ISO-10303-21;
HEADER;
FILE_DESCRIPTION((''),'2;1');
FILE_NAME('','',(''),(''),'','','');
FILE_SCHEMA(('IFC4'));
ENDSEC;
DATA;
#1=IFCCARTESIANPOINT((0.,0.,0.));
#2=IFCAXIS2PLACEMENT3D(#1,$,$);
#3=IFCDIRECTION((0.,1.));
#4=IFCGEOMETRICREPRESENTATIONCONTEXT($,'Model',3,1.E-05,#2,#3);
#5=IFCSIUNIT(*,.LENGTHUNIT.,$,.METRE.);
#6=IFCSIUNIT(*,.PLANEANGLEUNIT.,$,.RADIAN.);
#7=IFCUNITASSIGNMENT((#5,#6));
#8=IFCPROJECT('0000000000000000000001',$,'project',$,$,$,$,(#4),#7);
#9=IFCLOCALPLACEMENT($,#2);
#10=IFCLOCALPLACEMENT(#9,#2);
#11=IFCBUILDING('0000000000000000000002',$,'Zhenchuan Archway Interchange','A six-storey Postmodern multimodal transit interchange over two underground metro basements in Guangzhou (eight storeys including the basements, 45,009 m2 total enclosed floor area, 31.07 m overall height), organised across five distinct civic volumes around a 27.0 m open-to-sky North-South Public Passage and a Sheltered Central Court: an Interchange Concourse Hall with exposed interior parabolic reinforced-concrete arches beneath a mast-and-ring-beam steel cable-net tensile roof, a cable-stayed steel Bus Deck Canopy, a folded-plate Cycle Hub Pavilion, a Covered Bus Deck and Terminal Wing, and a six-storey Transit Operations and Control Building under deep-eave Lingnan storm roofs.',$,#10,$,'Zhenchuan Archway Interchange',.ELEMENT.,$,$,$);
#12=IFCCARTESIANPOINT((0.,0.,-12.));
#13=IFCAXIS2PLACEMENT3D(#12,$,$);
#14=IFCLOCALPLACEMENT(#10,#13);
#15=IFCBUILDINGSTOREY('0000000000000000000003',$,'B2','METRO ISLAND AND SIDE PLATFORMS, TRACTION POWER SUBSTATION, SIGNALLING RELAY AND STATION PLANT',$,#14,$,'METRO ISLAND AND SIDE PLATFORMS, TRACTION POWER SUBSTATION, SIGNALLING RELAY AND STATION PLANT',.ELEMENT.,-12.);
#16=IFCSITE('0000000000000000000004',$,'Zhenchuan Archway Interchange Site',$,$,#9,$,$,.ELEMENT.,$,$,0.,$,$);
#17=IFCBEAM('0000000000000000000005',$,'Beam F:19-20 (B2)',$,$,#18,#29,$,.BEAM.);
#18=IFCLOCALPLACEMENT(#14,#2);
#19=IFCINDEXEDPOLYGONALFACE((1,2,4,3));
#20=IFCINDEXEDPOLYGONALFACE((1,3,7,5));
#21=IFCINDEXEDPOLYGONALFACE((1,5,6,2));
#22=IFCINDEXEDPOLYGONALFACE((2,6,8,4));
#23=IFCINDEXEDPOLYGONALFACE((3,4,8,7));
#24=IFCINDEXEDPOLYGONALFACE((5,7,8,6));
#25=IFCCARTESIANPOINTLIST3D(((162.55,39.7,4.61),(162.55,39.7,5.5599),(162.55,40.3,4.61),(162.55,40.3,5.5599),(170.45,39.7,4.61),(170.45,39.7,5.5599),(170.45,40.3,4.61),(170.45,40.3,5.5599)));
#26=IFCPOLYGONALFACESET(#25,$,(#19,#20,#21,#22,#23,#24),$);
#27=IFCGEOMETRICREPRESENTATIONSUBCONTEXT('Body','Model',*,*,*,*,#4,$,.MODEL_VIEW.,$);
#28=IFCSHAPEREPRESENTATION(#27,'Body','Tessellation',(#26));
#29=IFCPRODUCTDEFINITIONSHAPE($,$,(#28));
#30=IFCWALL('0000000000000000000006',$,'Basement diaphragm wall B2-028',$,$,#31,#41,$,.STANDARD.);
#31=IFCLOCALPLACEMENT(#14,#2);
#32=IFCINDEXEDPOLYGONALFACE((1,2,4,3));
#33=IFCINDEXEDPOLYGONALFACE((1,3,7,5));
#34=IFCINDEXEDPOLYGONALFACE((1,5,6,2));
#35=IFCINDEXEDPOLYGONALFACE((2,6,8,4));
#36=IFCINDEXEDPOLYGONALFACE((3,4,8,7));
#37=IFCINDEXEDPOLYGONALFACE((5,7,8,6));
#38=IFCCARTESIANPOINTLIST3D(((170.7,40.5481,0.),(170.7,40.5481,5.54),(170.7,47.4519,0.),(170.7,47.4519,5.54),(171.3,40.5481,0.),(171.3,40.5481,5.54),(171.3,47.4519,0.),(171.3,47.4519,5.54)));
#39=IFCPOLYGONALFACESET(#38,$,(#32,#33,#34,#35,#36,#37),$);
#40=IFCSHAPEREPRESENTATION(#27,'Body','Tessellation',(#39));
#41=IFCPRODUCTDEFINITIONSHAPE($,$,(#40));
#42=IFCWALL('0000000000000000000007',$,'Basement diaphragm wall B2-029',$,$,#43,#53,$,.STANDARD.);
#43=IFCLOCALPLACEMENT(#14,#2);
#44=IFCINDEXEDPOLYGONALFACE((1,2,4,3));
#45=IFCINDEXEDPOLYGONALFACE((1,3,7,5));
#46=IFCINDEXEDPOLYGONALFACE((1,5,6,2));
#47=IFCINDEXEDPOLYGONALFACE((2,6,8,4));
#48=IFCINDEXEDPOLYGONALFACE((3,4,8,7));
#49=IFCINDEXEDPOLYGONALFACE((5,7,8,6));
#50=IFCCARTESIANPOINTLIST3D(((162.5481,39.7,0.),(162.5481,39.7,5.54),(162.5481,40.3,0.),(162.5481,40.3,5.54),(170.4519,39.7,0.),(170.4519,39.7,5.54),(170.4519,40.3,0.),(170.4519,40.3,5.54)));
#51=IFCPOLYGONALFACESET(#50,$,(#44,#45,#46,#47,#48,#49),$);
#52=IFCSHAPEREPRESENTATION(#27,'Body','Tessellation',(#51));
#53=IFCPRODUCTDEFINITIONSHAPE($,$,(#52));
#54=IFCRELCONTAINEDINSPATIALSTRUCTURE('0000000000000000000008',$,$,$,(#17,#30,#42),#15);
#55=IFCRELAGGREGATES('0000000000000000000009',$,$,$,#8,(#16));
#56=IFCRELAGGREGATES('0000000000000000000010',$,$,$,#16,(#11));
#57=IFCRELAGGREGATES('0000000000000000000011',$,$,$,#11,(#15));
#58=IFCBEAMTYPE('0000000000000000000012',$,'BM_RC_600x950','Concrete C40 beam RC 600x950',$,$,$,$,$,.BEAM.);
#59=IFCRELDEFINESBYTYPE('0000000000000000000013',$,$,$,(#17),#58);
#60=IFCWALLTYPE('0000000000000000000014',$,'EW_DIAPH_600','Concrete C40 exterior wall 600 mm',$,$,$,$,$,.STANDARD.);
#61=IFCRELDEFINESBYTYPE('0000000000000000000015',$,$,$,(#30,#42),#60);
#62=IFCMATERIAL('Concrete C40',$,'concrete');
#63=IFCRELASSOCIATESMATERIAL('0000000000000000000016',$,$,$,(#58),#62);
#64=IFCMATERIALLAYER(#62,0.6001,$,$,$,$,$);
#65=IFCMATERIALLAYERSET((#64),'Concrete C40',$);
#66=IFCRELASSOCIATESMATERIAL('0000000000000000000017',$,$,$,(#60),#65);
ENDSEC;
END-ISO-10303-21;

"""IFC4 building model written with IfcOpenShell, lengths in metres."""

from ifc_helpers import new_model, si_unit, direction, frame, frame_2d, origin, origin_2d, place, context, subcontext, project, spatial, rectangle, extrude, material, layer, layer_set, material_profile, profile_set, type_object, element, save


model = new_model("IFC4")

# Units and contexts
model_context = context("Model", 3, precision=1e-05, world=origin(), true_north=direction((0.0, 1.0)))
body_context = subcontext(model_context, "Body", "Model", "MODEL_VIEW")
ifc_project = project(units=[si_unit("LENGTHUNIT", "METRE"), si_unit("PLANEANGLEUNIT", "RADIAN")], contexts=[model_context])

# Site, building, storey
site_placement = place(None, origin())
site = spatial("IfcSite", under=ifc_project, at=site_placement, Name="Zhenchuan Archway Interchange Site", CompositionType="ELEMENT", RefElevation=0.0)
building_placement = place(site_placement, origin())
building = spatial("IfcBuilding", under=site, at=building_placement, Name="Zhenchuan Archway Interchange", Description="A six-storey Postmodern multimodal transit interchange over two underground metro basements in Guangzhou (eight storeys including the basements, 45,009 m2 total enclosed floor area, 31.07 m overall height), organised across five distinct civic volumes around a 27.0 m open-to-sky North-South Public Passage and a Sheltered Central Court: an Interchange Concourse Hall with exposed interior parabolic reinforced-concrete arches beneath a mast-and-ring-beam steel cable-net tensile roof, a cable-stayed steel Bus Deck Canopy, a folded-plate Cycle Hub Pavilion, a Covered Bus Deck and Terminal Wing, and a six-storey Transit Operations and Control Building under deep-eave Lingnan storm roofs.", LongName="Zhenchuan Archway Interchange", CompositionType="ELEMENT")
storey_placement = place(building_placement, frame((0.0, 0.0, -12.0)))
storey = spatial("IfcBuildingStorey", under=building, at=storey_placement, Name="B2", Description="METRO ISLAND AND SIDE PLATFORMS, TRACTION POWER SUBSTATION, SIGNALLING RELAY AND STATION PLANT", LongName="METRO ISLAND AND SIDE PLATFORMS, TRACTION POWER SUBSTATION, SIGNALLING RELAY AND STATION PLANT", CompositionType="ELEMENT", Elevation=-12.0)

# Shared definitions
ifc_material_1 = material(Name="Concrete C40", Category="concrete")

# Beam
ifc_material_profile_1 = material_profile(ifc_material_1, rectangle(XDim=0.6001, YDim=0.95, at=origin_2d()), Name="RC 600x950")
ifc_profile_set_1 = profile_set([ifc_material_profile_1], Name="Concrete C40")
beam_type_1 = type_object("IfcBeamType", Name="BM_RC_600x950", Description="Concrete C40 beam RC 600x950", PredefinedType="BEAM", material=ifc_profile_set_1)
beam_1_placement = place(storey_placement, frame((162.55, 40.0, 5.085), z_axis=(1.0, 0.0, 0.0), x_axis=(0.0, 1.0, 0.0)))
element("IfcBeam", 1, at=beam_1_placement, inside=storey, type_object=beam_type_1, Name="Beam F:19-20 (B2)", PredefinedType="BEAM", context=body_context, shape_type="SweptSolid", body=[
    extrude(rectangle(XDim=0.6001, YDim=0.95, at=origin_2d()), origin(), (0.0, 0.0, 1.0), 7.8999),
])

# Walls
ifc_layer = layer(ifc_material_1, 0.6001)
ifc_layer_set = layer_set([ifc_layer], Name="Concrete C40")
wall_type = type_object("IfcWallType", Name="EW_DIAPH_600", Description="Concrete C40 exterior wall 600 mm", PredefinedType="STANDARD", material=ifc_layer_set)
wall_1_placement = place(storey_placement, frame((171.0, 47.4519, 0.0), z_axis=(0.0, 0.0, 1.0), x_axis=(0.0, -1.0, 0.0)))
element("IfcWall", 2, at=wall_1_placement, inside=storey, type_object=wall_type, Name="Basement diaphragm wall B2-028", PredefinedType="STANDARD", context=body_context, shape_type="SweptSolid", body=[
    extrude(rectangle(XDim=6.9038, YDim=0.6001, at=frame_2d((3.4519, 0.0))), origin(), (0.0, 0.0, 1.0), 5.54),
])
wall_2_placement = place(storey_placement, frame((170.4519, 40.0, 0.0), z_axis=(0.0, 0.0, 1.0), x_axis=(-1.0, 0.0, 0.0)))
element("IfcWall", 3, at=wall_2_placement, inside=storey, type_object=wall_type, Name="Basement diaphragm wall B2-029", PredefinedType="STANDARD", context=body_context, shape_type="SweptSolid", body=[
    extrude(rectangle(XDim=7.9038, YDim=0.6001, at=frame_2d((3.9519, 0.0))), origin(), (0.0, 0.0, 1.0), 5.54),
])

save(model, "model.ifc")
